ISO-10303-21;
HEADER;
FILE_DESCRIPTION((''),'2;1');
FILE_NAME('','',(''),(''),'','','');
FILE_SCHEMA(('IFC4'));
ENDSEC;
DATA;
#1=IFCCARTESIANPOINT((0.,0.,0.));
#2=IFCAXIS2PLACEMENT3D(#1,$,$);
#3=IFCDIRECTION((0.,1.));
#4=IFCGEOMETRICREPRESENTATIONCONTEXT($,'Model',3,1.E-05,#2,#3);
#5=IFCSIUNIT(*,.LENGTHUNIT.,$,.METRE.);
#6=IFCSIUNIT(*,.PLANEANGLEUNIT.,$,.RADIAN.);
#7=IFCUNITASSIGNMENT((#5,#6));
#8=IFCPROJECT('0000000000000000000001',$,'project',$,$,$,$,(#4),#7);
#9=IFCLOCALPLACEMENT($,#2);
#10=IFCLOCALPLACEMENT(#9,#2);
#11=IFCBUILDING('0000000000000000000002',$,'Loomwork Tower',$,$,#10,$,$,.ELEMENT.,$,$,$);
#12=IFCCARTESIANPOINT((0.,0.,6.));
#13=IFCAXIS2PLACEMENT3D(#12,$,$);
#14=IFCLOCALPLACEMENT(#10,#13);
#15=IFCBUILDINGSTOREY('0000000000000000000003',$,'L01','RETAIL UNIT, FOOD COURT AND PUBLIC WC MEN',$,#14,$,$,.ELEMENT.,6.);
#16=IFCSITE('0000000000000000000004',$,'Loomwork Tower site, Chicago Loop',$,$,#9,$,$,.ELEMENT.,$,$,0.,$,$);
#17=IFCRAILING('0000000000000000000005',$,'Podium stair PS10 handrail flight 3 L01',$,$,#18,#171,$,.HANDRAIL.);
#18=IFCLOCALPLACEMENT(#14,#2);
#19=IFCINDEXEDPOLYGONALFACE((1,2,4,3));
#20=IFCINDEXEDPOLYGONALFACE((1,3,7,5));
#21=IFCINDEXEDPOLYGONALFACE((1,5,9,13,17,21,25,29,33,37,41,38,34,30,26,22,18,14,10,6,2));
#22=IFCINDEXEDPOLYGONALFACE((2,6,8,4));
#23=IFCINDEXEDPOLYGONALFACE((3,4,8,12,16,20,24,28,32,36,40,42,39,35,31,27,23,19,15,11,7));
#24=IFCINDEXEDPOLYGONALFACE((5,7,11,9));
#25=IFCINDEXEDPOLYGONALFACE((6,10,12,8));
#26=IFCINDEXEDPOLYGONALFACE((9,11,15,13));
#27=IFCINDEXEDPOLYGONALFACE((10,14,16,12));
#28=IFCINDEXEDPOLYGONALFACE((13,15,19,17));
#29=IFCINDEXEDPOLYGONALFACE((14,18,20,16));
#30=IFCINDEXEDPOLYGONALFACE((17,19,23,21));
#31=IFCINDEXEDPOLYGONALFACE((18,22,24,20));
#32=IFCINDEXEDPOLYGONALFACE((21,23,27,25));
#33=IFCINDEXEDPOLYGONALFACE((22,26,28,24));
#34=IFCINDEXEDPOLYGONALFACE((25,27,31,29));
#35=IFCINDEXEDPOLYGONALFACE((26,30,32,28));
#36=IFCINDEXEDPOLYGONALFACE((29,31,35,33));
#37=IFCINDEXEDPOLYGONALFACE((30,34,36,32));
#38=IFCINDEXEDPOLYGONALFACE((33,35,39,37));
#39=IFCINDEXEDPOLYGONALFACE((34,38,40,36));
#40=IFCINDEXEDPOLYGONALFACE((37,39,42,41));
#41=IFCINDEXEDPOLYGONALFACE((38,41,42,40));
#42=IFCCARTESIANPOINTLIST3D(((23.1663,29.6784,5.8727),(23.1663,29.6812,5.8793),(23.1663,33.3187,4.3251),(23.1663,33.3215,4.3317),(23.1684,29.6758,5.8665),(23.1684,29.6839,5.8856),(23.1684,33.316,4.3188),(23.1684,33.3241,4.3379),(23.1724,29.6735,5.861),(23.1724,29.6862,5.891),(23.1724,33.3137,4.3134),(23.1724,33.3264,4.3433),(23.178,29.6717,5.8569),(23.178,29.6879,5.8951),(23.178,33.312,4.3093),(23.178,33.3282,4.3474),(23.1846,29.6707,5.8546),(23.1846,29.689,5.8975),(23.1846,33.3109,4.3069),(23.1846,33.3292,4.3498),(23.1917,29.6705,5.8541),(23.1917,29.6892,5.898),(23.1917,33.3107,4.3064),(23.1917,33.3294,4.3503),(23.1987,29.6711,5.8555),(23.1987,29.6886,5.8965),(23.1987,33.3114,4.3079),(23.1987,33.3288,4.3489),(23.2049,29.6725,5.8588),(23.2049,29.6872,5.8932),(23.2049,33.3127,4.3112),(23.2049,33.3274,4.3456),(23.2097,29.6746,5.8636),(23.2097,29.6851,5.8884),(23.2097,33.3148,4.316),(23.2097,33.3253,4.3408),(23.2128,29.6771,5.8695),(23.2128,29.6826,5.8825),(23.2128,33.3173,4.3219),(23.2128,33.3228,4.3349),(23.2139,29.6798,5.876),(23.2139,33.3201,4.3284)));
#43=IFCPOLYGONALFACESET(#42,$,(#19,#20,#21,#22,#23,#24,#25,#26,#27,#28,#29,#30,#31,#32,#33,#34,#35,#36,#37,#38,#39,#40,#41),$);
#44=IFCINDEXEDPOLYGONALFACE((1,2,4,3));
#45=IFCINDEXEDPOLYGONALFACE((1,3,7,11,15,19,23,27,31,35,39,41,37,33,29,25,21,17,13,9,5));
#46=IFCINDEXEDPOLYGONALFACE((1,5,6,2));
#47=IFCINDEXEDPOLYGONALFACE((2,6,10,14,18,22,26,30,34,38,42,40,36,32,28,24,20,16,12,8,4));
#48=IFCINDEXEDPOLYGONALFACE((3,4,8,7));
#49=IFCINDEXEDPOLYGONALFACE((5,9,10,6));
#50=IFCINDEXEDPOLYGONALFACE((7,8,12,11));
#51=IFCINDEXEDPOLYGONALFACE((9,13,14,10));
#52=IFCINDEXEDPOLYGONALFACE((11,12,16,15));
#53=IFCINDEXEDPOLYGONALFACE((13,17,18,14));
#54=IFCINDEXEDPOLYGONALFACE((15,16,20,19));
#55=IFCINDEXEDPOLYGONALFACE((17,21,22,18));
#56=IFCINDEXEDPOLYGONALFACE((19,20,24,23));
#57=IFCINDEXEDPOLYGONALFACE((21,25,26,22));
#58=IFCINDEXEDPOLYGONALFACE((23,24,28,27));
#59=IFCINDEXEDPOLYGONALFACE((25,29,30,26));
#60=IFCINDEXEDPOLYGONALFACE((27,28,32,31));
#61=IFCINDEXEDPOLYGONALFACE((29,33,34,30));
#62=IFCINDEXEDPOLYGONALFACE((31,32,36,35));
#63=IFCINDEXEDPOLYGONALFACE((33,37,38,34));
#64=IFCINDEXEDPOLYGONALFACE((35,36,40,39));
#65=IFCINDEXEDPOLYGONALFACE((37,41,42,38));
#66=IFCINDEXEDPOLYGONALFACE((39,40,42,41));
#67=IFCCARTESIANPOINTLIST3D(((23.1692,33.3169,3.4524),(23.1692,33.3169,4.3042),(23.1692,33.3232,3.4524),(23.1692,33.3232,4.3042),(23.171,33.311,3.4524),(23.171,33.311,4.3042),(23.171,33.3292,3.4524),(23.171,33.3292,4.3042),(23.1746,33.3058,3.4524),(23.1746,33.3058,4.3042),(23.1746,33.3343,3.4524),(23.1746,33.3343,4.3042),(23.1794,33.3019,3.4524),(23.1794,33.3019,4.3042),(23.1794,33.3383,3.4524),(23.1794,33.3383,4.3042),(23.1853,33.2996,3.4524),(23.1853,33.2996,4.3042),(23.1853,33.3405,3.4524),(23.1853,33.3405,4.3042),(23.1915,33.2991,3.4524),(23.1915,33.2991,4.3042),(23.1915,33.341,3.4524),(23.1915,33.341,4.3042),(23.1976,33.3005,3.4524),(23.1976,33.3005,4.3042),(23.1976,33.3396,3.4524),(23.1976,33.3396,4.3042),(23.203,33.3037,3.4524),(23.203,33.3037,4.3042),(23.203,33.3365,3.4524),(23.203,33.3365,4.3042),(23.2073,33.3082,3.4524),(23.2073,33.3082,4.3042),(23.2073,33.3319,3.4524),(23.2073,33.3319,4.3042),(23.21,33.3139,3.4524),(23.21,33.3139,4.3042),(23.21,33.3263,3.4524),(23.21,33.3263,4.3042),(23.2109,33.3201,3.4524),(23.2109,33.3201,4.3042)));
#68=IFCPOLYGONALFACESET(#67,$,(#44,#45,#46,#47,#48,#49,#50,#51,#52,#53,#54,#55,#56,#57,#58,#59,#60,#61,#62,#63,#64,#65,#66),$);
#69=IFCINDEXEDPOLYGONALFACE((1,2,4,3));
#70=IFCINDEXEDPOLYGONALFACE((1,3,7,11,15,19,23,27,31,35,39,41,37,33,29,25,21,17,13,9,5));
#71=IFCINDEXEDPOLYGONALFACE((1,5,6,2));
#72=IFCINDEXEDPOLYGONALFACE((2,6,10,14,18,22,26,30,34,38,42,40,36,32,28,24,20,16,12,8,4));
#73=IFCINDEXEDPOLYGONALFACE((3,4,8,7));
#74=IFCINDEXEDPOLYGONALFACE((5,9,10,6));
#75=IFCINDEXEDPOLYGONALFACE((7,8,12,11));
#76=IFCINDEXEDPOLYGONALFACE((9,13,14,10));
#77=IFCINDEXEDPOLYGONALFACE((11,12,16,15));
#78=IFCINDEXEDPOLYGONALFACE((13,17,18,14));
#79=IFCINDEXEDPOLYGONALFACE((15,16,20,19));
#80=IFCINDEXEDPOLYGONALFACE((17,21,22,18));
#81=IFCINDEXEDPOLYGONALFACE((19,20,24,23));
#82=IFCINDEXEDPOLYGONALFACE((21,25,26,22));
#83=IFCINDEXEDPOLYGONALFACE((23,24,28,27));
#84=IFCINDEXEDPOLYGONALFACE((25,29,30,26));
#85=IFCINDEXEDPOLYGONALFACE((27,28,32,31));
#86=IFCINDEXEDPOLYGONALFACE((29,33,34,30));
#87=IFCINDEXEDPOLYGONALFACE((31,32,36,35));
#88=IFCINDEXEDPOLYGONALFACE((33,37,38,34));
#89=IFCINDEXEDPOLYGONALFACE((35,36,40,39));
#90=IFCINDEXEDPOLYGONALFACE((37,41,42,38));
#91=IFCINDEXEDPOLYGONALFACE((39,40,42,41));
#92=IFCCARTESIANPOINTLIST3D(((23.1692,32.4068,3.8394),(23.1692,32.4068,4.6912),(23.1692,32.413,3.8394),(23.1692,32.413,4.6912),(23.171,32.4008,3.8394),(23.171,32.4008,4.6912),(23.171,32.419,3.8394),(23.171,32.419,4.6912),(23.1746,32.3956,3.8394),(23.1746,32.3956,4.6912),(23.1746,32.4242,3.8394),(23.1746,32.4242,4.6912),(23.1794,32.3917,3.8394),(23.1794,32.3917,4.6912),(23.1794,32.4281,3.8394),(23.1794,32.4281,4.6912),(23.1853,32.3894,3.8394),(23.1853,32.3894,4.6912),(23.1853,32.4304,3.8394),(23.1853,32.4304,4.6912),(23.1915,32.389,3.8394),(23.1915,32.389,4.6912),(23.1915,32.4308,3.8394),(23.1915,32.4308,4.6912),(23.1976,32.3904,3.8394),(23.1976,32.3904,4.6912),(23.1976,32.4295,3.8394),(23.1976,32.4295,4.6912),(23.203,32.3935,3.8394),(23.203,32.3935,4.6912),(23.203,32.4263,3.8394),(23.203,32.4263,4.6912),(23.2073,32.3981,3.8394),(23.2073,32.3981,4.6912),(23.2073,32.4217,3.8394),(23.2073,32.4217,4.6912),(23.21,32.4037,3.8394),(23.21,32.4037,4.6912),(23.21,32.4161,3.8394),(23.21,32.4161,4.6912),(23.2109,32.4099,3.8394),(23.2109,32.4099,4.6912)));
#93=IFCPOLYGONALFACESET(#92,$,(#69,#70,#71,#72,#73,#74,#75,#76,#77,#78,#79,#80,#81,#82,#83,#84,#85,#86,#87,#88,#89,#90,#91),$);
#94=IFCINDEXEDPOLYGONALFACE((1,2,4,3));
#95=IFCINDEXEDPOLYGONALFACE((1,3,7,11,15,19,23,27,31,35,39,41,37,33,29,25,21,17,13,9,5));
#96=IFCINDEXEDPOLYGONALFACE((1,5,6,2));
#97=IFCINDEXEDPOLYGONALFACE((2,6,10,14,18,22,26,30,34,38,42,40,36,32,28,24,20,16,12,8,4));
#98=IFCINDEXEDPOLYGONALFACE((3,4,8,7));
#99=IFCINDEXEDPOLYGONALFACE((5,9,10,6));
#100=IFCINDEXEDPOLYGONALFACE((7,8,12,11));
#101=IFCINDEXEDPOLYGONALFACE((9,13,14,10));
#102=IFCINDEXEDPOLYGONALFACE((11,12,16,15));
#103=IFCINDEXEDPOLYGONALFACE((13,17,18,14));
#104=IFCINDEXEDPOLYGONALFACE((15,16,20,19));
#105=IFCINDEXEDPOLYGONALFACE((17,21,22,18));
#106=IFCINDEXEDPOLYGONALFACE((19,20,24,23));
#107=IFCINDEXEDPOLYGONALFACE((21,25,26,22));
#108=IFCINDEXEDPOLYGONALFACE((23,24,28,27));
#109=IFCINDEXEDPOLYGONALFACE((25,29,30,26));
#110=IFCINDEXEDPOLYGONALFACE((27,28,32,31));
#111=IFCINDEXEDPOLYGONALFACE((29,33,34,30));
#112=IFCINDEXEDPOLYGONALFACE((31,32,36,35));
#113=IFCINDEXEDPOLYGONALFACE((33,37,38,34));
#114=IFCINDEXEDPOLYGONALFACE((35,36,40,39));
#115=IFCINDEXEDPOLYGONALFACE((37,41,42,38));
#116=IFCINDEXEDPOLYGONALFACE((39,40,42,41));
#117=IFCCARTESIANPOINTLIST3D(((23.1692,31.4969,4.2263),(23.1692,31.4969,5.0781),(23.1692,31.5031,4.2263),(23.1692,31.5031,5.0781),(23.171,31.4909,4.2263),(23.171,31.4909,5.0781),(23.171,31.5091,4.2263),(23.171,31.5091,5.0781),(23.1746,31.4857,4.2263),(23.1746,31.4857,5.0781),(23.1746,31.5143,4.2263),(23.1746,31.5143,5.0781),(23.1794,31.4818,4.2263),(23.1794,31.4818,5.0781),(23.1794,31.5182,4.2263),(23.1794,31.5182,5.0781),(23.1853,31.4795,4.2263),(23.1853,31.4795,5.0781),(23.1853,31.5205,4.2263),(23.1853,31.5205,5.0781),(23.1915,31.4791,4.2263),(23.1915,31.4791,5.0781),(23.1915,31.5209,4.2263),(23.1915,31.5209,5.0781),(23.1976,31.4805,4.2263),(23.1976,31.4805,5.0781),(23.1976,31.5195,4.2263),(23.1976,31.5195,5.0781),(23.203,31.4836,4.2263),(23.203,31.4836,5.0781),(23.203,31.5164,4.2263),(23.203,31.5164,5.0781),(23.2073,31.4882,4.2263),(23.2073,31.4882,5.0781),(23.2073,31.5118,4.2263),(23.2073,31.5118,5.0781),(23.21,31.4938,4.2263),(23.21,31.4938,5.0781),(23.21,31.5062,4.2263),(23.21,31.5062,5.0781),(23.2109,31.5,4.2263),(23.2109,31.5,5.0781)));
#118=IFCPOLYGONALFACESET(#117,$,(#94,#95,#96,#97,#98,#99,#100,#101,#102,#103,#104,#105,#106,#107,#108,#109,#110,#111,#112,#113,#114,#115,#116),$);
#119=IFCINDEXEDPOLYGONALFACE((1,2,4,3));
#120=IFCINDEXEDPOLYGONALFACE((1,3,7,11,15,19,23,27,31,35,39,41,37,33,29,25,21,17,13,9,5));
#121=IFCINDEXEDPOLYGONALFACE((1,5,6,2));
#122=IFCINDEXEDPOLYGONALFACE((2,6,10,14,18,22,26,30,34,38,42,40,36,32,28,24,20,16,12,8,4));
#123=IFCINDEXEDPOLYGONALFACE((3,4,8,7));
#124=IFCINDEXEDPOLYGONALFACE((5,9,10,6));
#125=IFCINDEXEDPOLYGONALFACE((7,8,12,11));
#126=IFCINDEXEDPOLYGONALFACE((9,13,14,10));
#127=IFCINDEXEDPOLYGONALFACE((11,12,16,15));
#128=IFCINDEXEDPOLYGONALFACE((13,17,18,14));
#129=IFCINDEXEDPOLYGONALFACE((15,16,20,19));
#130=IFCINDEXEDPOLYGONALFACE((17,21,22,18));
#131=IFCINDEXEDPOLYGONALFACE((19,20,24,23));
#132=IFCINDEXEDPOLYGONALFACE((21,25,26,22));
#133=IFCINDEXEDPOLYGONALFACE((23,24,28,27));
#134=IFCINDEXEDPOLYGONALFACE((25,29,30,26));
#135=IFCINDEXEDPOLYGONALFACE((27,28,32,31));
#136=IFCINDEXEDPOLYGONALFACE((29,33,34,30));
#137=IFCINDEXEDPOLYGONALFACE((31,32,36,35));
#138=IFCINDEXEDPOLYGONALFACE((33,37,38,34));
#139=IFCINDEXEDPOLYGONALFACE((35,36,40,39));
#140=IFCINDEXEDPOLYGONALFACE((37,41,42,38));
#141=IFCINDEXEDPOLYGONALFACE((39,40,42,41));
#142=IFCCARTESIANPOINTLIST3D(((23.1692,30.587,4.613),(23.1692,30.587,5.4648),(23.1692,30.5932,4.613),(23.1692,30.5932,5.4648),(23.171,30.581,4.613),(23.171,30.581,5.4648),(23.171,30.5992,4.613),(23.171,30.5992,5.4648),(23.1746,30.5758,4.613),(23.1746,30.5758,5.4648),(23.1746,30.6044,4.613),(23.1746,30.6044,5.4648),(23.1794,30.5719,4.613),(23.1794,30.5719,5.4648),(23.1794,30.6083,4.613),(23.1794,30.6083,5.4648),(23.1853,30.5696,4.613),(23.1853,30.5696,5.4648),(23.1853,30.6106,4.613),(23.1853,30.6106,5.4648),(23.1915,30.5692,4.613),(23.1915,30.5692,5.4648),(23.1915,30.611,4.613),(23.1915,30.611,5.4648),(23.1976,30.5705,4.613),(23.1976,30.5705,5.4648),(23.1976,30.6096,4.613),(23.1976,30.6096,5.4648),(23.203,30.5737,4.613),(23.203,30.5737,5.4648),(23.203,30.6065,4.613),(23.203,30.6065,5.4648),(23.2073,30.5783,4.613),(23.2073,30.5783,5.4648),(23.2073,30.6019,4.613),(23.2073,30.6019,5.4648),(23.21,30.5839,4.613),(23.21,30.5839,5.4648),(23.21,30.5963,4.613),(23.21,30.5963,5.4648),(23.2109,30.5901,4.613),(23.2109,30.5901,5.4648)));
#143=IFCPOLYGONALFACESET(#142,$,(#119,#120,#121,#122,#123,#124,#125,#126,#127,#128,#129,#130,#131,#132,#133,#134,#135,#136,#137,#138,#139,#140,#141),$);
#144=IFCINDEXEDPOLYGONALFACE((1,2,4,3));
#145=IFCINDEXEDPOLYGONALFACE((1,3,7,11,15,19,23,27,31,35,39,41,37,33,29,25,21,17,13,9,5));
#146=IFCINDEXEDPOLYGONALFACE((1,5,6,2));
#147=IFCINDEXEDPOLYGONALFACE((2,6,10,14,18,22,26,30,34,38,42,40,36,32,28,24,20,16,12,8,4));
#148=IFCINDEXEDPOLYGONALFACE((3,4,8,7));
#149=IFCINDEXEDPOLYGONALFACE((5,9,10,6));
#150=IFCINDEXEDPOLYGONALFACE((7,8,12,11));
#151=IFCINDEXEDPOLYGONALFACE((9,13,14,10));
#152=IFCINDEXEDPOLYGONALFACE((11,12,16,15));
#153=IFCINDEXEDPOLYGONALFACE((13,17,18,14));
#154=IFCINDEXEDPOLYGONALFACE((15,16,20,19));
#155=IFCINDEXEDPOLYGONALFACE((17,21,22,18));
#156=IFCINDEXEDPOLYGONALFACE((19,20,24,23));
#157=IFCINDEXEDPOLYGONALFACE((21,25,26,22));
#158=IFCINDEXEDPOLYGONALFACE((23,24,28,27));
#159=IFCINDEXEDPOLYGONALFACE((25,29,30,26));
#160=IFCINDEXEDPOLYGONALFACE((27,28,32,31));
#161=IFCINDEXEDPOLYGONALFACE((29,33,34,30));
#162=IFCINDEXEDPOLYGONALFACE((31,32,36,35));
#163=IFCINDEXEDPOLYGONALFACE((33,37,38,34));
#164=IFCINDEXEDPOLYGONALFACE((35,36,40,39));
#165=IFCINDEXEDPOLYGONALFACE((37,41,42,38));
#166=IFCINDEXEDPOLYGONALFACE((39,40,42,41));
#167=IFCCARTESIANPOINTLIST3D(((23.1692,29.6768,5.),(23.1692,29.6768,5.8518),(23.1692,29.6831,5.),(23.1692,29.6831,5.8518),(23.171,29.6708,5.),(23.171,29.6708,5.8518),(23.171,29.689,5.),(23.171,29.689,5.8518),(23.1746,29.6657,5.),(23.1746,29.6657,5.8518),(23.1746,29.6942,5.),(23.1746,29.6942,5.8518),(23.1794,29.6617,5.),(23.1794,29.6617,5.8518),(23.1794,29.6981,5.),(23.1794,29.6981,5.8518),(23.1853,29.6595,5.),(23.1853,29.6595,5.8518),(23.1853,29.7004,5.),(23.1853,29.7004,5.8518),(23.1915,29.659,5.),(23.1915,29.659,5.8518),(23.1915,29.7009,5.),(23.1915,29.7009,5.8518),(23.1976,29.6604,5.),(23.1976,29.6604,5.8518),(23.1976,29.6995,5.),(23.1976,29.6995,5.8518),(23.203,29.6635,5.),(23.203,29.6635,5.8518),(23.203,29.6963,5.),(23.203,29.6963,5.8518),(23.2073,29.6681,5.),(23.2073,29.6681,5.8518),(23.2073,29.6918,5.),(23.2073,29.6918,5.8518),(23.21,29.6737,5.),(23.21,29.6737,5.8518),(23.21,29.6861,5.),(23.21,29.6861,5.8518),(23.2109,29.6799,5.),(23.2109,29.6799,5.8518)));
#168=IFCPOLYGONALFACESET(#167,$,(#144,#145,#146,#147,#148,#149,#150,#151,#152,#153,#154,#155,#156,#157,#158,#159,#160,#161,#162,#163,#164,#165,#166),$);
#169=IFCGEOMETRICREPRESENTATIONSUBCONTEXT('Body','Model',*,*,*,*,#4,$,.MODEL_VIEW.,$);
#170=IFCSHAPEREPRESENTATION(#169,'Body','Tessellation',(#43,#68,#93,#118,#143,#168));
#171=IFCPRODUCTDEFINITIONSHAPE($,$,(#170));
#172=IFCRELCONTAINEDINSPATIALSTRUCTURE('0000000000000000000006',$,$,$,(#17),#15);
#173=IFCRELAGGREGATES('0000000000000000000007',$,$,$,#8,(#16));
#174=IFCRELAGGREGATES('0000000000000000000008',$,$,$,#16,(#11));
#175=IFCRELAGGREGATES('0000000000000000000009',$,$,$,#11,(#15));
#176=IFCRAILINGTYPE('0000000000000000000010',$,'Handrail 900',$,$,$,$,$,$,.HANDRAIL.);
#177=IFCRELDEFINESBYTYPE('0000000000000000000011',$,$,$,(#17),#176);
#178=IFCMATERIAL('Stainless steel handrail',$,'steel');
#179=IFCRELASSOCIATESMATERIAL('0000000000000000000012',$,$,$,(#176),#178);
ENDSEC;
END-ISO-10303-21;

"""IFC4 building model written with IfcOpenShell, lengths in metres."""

from ifc_helpers import new_model, si_unit, direction, frame, origin, origin_2d, place, context, subcontext, project, spatial, circle, extrude, material, type_object, element, save


model = new_model("IFC4")

# Units and contexts
model_context = context("Model", 3, precision=1e-05, world=origin(), true_north=direction((0.0, 1.0)))
body_context = subcontext(model_context, "Body", "Model", "MODEL_VIEW")
ifc_project = project(units=[si_unit("LENGTHUNIT", "METRE"), si_unit("PLANEANGLEUNIT", "RADIAN")], contexts=[model_context])

# Site, building, storey
site_placement = place(None, origin())
site = spatial("IfcSite", under=ifc_project, at=site_placement, Name="Loomwork Tower site, Chicago Loop", CompositionType="ELEMENT", RefElevation=0.0)
building_placement = place(site_placement, origin())
building = spatial("IfcBuilding", under=site, at=building_placement, Name="Loomwork Tower", CompositionType="ELEMENT")
storey_placement = place(building_placement, frame((0.0, 0.0, 6.0)))
storey = spatial("IfcBuildingStorey", under=building, at=storey_placement, Name="L01", Description="RETAIL UNIT, FOOD COURT AND PUBLIC WC MEN", CompositionType="ELEMENT", Elevation=6.0)

# Railing
ifc_material_1 = material(Name="Stainless steel handrail", Category="steel")
railing_type = type_object("IfcRailingType", Name="Handrail 900", PredefinedType="HANDRAIL", material=ifc_material_1)
railing_1_placement = place(storey_placement, frame((23.1899, 33.3201, 3.4524)))
element("IfcRailing", 1, at=railing_1_placement, inside=storey, type_object=railing_type, Name="Podium stair PS10 handrail flight 3 L01", PredefinedType="HANDRAIL", context=body_context, shape_type="SweptSolid", body=[
    extrude(circle(Radius=0.0239, at=origin_2d()), frame((0.0, 0.0, 0.876), z_axis=(0.0, -0.920281, 0.391258), x_axis=(1.0, 0.0, 0.0)), (0.0, 0.0, 1.0), 3.9556),
    extrude(circle(Radius=0.021, at=origin_2d()), origin(), (0.0, 0.0, 1.0), 0.8518),
    extrude(circle(Radius=0.021, at=origin_2d()), frame((0.0, -0.9102, 0.387)), (0.0, 0.0, 1.0), 0.8518),
    extrude(circle(Radius=0.021, at=origin_2d()), frame((0.0, -1.8201, 0.7739)), (0.0, 0.0, 1.0), 0.8518),
    extrude(circle(Radius=0.021, at=origin_2d()), frame((0.0, -2.73, 1.1606)), (0.0, 0.0, 1.0), 0.8518),
    extrude(circle(Radius=0.021, at=origin_2d()), frame((0.0, -3.6401, 1.5476)), (0.0, 0.0, 1.0), 0.8518),
])

save(model, "model.ifc")
